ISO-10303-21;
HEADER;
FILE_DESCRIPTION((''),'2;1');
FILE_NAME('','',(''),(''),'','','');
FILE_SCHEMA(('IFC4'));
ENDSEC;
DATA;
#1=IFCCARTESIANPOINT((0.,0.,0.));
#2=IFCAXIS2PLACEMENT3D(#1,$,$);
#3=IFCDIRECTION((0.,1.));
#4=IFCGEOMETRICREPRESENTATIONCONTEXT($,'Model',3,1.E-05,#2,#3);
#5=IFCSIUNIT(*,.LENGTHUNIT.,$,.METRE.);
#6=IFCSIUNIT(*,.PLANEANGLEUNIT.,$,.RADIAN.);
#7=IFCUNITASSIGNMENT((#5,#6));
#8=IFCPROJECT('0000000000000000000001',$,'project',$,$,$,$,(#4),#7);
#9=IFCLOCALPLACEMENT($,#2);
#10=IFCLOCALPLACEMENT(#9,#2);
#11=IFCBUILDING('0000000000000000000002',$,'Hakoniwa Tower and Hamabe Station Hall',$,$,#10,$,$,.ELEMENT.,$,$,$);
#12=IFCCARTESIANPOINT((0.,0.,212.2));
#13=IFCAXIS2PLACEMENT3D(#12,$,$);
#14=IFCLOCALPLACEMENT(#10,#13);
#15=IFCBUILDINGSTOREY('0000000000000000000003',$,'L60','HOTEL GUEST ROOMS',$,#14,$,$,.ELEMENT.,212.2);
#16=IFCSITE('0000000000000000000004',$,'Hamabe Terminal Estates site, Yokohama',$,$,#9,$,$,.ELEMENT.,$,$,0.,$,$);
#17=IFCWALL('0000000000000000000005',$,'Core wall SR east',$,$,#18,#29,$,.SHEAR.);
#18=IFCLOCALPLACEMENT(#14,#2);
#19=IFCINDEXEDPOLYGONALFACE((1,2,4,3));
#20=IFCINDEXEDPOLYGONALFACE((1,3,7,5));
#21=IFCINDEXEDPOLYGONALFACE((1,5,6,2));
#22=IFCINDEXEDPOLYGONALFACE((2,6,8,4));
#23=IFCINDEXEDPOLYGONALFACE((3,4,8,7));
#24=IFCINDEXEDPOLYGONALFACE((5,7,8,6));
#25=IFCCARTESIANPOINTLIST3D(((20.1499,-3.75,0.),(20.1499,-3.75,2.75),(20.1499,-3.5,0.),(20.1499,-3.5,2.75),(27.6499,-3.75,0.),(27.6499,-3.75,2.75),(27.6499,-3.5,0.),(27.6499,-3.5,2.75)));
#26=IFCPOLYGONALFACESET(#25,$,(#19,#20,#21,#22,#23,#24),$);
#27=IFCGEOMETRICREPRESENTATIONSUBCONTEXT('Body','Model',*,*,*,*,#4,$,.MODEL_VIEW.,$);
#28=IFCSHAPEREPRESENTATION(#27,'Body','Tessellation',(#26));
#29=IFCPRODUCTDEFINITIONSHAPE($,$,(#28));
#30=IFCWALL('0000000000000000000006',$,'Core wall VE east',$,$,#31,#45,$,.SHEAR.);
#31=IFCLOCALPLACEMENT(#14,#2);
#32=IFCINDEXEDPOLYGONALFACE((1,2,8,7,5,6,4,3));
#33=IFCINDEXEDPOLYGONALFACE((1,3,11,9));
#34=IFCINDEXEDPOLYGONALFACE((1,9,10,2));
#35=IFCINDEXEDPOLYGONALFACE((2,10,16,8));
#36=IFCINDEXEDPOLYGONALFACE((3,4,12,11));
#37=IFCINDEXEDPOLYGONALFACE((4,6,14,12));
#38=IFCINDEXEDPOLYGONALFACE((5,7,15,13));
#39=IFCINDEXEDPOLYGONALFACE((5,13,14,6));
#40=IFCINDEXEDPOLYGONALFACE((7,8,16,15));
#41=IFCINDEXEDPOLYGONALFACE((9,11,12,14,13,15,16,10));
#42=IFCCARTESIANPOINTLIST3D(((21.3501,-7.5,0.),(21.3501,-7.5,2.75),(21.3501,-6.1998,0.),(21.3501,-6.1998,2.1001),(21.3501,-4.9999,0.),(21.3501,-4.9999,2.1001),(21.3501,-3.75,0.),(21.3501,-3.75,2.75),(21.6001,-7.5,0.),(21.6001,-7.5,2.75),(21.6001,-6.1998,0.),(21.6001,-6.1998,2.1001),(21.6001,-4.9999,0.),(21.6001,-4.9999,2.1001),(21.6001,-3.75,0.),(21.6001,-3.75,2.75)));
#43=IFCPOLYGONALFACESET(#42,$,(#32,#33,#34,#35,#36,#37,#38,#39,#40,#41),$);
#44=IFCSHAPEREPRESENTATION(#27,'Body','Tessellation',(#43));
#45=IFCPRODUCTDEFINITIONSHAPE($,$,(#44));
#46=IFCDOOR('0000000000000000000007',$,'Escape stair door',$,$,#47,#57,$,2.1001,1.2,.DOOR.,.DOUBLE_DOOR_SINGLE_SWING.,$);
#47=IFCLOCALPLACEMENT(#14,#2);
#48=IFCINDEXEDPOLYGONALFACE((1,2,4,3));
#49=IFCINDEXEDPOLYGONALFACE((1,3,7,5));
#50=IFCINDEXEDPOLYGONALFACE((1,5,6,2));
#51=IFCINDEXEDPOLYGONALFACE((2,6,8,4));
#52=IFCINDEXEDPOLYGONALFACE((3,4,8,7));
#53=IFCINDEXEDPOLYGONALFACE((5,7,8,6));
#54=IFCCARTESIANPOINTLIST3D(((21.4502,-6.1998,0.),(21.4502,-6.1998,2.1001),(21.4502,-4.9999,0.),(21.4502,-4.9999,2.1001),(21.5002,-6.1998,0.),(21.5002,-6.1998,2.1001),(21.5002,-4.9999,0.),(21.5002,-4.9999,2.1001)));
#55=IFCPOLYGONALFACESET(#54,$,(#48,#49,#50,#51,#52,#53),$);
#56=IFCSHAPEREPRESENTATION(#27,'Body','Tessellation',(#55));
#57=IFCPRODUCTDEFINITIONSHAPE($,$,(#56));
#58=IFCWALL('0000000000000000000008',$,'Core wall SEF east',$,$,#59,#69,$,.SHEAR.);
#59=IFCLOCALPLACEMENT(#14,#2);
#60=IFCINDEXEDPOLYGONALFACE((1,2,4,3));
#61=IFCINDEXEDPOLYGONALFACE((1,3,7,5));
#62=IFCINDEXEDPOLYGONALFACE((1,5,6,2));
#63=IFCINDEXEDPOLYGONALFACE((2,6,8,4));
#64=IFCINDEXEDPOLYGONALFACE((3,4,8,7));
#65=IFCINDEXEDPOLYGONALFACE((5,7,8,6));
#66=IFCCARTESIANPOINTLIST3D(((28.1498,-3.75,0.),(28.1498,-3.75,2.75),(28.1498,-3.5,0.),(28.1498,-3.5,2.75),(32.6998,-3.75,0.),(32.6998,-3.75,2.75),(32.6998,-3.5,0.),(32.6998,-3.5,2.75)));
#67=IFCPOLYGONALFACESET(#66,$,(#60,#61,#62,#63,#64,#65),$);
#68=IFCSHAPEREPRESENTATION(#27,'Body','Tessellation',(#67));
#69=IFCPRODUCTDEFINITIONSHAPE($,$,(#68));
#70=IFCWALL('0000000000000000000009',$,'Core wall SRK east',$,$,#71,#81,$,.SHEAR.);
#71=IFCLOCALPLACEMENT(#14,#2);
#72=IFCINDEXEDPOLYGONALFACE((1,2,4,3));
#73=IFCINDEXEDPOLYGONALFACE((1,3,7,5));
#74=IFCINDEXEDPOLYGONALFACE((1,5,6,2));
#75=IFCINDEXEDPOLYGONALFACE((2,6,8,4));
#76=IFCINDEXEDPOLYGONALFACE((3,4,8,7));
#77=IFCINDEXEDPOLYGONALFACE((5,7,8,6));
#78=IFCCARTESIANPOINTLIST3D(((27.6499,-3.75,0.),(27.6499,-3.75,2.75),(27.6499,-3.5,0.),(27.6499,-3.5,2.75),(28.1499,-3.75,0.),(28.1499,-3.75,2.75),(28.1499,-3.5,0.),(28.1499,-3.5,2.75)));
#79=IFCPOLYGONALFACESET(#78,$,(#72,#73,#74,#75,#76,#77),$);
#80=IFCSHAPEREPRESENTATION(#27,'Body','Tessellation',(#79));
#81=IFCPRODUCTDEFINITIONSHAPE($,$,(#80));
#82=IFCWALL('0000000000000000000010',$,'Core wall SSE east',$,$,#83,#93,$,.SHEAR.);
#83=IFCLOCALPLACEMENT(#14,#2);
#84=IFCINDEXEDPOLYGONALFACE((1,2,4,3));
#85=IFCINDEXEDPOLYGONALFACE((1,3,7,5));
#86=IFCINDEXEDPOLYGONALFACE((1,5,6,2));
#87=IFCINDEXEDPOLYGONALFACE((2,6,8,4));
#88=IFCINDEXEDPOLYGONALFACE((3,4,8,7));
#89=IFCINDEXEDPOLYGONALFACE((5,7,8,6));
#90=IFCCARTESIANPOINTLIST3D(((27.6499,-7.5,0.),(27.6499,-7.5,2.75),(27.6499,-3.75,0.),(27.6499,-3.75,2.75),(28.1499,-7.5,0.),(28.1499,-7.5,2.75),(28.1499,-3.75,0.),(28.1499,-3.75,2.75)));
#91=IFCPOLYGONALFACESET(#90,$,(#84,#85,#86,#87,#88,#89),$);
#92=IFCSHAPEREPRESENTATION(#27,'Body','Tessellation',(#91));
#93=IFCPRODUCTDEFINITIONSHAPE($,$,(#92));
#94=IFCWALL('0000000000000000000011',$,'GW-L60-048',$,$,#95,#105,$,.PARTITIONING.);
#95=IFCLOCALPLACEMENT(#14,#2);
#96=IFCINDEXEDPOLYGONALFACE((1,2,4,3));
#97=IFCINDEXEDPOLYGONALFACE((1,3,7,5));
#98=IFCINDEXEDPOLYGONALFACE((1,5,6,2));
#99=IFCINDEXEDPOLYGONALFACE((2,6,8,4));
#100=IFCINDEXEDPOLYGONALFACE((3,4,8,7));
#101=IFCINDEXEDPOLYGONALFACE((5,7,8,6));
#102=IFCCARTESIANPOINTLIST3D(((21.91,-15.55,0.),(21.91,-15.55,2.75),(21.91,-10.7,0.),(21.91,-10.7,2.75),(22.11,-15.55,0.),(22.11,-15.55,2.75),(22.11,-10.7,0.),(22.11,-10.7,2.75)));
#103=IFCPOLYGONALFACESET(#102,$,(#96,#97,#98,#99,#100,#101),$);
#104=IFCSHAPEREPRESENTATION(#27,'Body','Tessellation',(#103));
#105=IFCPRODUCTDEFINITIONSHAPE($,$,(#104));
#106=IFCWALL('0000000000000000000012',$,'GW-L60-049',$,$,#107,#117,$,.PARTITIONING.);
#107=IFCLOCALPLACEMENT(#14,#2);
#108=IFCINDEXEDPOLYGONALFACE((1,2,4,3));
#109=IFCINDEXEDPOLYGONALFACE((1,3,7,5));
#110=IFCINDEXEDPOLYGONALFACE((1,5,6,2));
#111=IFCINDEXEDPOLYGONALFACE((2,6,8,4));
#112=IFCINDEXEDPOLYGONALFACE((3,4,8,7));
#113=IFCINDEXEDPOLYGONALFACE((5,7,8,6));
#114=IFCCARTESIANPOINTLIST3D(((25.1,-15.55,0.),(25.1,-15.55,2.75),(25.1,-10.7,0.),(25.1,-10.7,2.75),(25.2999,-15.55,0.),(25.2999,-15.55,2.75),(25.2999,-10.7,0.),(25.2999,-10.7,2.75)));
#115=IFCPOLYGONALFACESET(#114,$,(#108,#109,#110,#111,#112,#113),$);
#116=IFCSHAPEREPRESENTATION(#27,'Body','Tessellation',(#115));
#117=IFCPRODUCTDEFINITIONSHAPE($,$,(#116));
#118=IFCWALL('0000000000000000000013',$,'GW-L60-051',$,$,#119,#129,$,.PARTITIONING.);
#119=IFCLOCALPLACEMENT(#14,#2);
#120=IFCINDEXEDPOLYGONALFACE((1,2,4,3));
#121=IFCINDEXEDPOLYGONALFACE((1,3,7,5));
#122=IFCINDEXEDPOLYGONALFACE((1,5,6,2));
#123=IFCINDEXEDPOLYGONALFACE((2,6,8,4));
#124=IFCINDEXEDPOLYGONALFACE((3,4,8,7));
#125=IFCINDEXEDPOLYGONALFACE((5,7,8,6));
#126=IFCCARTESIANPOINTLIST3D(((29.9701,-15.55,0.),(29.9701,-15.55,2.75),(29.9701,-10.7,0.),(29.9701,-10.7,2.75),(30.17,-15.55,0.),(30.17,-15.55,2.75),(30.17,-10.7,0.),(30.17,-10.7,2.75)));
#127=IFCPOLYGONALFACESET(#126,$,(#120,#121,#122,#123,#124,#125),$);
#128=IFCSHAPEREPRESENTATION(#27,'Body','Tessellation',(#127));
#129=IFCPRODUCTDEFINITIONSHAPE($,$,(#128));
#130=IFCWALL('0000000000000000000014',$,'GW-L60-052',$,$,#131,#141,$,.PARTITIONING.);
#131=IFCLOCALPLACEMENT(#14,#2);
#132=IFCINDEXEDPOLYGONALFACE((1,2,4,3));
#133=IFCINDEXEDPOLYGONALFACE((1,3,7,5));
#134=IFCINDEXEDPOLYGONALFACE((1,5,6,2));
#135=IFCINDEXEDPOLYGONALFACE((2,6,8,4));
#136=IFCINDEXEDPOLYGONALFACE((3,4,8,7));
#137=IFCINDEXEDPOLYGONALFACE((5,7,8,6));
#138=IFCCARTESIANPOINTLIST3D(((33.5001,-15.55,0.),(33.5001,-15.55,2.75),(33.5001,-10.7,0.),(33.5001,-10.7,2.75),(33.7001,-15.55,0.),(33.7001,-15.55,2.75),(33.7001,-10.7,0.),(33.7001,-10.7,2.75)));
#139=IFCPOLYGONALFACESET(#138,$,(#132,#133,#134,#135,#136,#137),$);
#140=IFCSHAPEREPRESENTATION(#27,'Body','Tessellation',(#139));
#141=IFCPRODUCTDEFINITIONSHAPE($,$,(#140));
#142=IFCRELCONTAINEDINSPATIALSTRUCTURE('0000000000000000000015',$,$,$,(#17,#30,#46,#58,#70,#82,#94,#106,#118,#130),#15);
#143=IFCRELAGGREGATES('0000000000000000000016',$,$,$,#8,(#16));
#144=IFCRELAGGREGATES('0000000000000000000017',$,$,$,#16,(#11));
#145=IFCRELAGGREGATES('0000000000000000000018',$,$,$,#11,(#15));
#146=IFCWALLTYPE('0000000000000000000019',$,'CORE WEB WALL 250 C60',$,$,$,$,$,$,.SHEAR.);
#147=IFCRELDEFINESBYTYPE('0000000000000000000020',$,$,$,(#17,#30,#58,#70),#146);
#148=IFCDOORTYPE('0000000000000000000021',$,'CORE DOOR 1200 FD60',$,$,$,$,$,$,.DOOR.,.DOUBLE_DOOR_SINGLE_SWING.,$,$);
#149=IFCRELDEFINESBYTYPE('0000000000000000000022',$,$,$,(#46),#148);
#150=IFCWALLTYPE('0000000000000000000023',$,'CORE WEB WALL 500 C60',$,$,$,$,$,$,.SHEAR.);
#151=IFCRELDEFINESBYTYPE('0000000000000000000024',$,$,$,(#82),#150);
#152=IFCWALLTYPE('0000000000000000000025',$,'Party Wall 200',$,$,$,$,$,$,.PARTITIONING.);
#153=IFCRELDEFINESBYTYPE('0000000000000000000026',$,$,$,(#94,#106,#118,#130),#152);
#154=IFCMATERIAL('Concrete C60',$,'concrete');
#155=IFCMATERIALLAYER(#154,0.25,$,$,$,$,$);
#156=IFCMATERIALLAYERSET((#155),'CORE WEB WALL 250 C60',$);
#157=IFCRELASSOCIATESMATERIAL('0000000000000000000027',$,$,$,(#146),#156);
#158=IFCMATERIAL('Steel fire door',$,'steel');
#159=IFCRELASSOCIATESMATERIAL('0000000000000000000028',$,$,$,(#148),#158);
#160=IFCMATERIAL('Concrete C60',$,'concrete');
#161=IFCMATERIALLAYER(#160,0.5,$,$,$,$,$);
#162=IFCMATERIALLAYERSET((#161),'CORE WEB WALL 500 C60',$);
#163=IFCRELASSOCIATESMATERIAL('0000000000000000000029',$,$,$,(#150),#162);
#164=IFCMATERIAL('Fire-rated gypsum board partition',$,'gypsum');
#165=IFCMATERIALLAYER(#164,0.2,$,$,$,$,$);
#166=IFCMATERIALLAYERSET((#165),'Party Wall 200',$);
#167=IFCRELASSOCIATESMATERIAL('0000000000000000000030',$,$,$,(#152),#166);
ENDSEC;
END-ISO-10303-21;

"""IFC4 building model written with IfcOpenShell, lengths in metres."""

from ifc_helpers import new_model, si_unit, direction, frame, frame_2d, origin, place, context, subcontext, project, spatial, rectangle, extrude, material, layer, layer_set, type_object, element, fill, save


model = new_model("IFC4")

# Units and contexts
model_context = context("Model", 3, precision=1e-05, world=origin(), true_north=direction((0.0, 1.0)))
body_context = subcontext(model_context, "Body", "Model", "MODEL_VIEW")
ifc_project = project(units=[si_unit("LENGTHUNIT", "METRE"), si_unit("PLANEANGLEUNIT", "RADIAN")], contexts=[model_context])

# Site, building, storey
site_placement = place(None, origin())
site = spatial("IfcSite", under=ifc_project, at=site_placement, Name="Hamabe Terminal Estates site, Yokohama", CompositionType="ELEMENT", RefElevation=0.0)
building_placement = place(site_placement, origin())
building = spatial("IfcBuilding", under=site, at=building_placement, Name="Hakoniwa Tower and Hamabe Station Hall", CompositionType="ELEMENT")
storey_placement = place(building_placement, frame((0.0, 0.0, 212.2)))
storey = spatial("IfcBuildingStorey", under=building, at=storey_placement, Name="L60", Description="HOTEL GUEST ROOMS", CompositionType="ELEMENT", Elevation=212.2)

# Wall
ifc_material_1 = material(Name="Concrete C60", Category="concrete")
ifc_layer_1 = layer(ifc_material_1, 0.25)
ifc_layer_set_1 = layer_set([ifc_layer_1], Name="CORE WEB WALL 250 C60")
wall_type_1 = type_object("IfcWallType", Name="CORE WEB WALL 250 C60", PredefinedType="SHEAR", material=ifc_layer_set_1)
wall_1_placement = place(storey_placement, frame((20.1499, -3.625, 0.0), z_axis=(0.0, 0.0, 1.0), x_axis=(1.0, 0.0, 0.0)))
element("IfcWall", 1, at=wall_1_placement, inside=storey, type_object=wall_type_1, Name="Core wall SR east", PredefinedType="SHEAR", context=body_context, shape_type="SweptSolid", body=[
    extrude(rectangle(XDim=7.5, YDim=0.25, at=frame_2d((3.75, 0.0))), origin(), (0.0, 0.0, 1.0), 2.75),
])

# Wall, opening, door
wall_2_placement = place(storey_placement, frame((21.4751, -7.5, 0.0), z_axis=(0.0, 0.0, 1.0), x_axis=(0.0, 1.0, 0.0)))
wall_2 = element("IfcWall", 2, at=wall_2_placement, inside=storey, type_object=wall_type_1, Name="Core wall VE east", PredefinedType="SHEAR", context=body_context, shape_type="SweptSolid", body=[
    extrude(rectangle(XDim=3.75, YDim=0.25, at=frame_2d((1.875, 0.0))), origin(), (0.0, 0.0, 1.0), 2.75),
])
opening_1_placement = place(wall_2_placement, frame((1.3, 0.0, 0.0)))
opening_1 = element("IfcOpeningElement", 3, at=opening_1_placement, cuts=wall_2, PredefinedType="OPENING", context=body_context, shape_type="SweptSolid", body=[
    extrude(rectangle(XDim=1.2, YDim=2.1001, at=frame_2d((0.6001, 1.05))), frame((0.0, 0.135, 0.0), z_axis=(0.0, -1.0, 0.0), x_axis=(1.0, 0.0, 0.0)), (0.0, 0.0, 1.0), 0.27),
])
ifc_material_2 = material(Name="Steel fire door", Category="steel")
door_type_1 = type_object("IfcDoorType", Name="CORE DOOR 1200 FD60", OperationType="DOUBLE_DOOR_SINGLE_SWING", PredefinedType="DOOR", material=ifc_material_2)
door_1_placement = place(opening_1_placement, origin())
door_1 = element("IfcDoor", 4, at=door_1_placement, inside=storey, type_object=door_type_1, Name="Escape stair door", OperationType="DOUBLE_DOOR_SINGLE_SWING", OverallHeight=2.1001, OverallWidth=1.2, PredefinedType="DOOR", context=body_context, shape_type="SweptSolid", body=[
    extrude(rectangle(XDim=1.2, YDim=2.1001, at=frame_2d((0.6001, 1.05))), frame((0.0, 0.0249, 0.0), z_axis=(0.0, -1.0, 0.0), x_axis=(1.0, 0.0, 0.0)), (0.0, 0.0, 1.0), 0.05),
])
fill(opening_1, door_1)

# Walls
wall_3_placement = place(storey_placement, frame((28.1499, -3.625, 0.0), z_axis=(0.0, 0.0, 1.0), x_axis=(1.0, 0.0, 0.0)))
element("IfcWall", 5, at=wall_3_placement, inside=storey, type_object=wall_type_1, Name="Core wall SEF east", PredefinedType="SHEAR", context=body_context, shape_type="SweptSolid", body=[
    extrude(rectangle(XDim=4.55, YDim=0.25, at=frame_2d((2.2749, 0.0))), origin(), (0.0, 0.0, 1.0), 2.75),
])
wall_4_placement = place(storey_placement, frame((27.6499, -3.625, 0.0), z_axis=(0.0, 0.0, 1.0), x_axis=(1.0, 0.0, 0.0)))
element("IfcWall", 6, at=wall_4_placement, inside=storey, type_object=wall_type_1, Name="Core wall SRK east", PredefinedType="SHEAR", context=body_context, shape_type="SweptSolid", body=[
    extrude(rectangle(XDim=0.5, YDim=0.25, at=frame_2d((0.25, 0.0))), origin(), (0.0, 0.0, 1.0), 2.75),
])
ifc_material_3 = material(Name="Concrete C60", Category="concrete")
ifc_layer_2 = layer(ifc_material_3, 0.5)
ifc_layer_set_2 = layer_set([ifc_layer_2], Name="CORE WEB WALL 500 C60")
wall_type_2 = type_object("IfcWallType", Name="CORE WEB WALL 500 C60", PredefinedType="SHEAR", material=ifc_layer_set_2)
wall_5_placement = place(storey_placement, frame((27.8999, -7.5, 0.0), z_axis=(0.0, 0.0, 1.0), x_axis=(0.0, 1.0, 0.0)))
element("IfcWall", 7, at=wall_5_placement, inside=storey, type_object=wall_type_2, Name="Core wall SSE east", PredefinedType="SHEAR", context=body_context, shape_type="SweptSolid", body=[
    extrude(rectangle(XDim=3.75, YDim=0.5, at=frame_2d((1.875, 0.0))), origin(), (0.0, 0.0, 1.0), 2.75),
])
ifc_material_4 = material(Name="Fire-rated gypsum board partition", Category="gypsum")
ifc_layer_3 = layer(ifc_material_4, 0.2)
ifc_layer_set_3 = layer_set([ifc_layer_3], Name="Party Wall 200")
wall_type_3 = type_object("IfcWallType", Name="Party Wall 200", PredefinedType="PARTITIONING", material=ifc_layer_set_3)
for number, where, z_axis, x_axis, name in (
    (8, (22.01, -15.55, 0.0), (0.0, 0.0, 1.0), (0.0, 1.0, 0.0), "GW-L60-048"),
    (9, (25.2, -15.55, 0.0), (0.0, 0.0, 1.0), (0.0, 1.0, 0.0), "GW-L60-049"),
    (10, (30.0701, -15.55, 0.0), (0.0, 0.0, 1.0), (0.0, 1.0, 0.0), "GW-L60-051"),
    (11, (33.6001, -15.55, 0.0), (0.0, 0.0, 1.0), (0.0, 1.0, 0.0), "GW-L60-052"),
):
    element("IfcWall", number, at=place(storey_placement, frame(where, z_axis=z_axis, x_axis=x_axis)), inside=storey, type_object=wall_type_3, Name=name, PredefinedType="PARTITIONING", context=body_context, shape_type="SweptSolid", body=[
        extrude(rectangle(XDim=4.8501, YDim=0.2, at=frame_2d((2.425, 0.0))), origin(), (0.0, 0.0, 1.0), 2.75),
    ])

save(model, "model.ifc")
